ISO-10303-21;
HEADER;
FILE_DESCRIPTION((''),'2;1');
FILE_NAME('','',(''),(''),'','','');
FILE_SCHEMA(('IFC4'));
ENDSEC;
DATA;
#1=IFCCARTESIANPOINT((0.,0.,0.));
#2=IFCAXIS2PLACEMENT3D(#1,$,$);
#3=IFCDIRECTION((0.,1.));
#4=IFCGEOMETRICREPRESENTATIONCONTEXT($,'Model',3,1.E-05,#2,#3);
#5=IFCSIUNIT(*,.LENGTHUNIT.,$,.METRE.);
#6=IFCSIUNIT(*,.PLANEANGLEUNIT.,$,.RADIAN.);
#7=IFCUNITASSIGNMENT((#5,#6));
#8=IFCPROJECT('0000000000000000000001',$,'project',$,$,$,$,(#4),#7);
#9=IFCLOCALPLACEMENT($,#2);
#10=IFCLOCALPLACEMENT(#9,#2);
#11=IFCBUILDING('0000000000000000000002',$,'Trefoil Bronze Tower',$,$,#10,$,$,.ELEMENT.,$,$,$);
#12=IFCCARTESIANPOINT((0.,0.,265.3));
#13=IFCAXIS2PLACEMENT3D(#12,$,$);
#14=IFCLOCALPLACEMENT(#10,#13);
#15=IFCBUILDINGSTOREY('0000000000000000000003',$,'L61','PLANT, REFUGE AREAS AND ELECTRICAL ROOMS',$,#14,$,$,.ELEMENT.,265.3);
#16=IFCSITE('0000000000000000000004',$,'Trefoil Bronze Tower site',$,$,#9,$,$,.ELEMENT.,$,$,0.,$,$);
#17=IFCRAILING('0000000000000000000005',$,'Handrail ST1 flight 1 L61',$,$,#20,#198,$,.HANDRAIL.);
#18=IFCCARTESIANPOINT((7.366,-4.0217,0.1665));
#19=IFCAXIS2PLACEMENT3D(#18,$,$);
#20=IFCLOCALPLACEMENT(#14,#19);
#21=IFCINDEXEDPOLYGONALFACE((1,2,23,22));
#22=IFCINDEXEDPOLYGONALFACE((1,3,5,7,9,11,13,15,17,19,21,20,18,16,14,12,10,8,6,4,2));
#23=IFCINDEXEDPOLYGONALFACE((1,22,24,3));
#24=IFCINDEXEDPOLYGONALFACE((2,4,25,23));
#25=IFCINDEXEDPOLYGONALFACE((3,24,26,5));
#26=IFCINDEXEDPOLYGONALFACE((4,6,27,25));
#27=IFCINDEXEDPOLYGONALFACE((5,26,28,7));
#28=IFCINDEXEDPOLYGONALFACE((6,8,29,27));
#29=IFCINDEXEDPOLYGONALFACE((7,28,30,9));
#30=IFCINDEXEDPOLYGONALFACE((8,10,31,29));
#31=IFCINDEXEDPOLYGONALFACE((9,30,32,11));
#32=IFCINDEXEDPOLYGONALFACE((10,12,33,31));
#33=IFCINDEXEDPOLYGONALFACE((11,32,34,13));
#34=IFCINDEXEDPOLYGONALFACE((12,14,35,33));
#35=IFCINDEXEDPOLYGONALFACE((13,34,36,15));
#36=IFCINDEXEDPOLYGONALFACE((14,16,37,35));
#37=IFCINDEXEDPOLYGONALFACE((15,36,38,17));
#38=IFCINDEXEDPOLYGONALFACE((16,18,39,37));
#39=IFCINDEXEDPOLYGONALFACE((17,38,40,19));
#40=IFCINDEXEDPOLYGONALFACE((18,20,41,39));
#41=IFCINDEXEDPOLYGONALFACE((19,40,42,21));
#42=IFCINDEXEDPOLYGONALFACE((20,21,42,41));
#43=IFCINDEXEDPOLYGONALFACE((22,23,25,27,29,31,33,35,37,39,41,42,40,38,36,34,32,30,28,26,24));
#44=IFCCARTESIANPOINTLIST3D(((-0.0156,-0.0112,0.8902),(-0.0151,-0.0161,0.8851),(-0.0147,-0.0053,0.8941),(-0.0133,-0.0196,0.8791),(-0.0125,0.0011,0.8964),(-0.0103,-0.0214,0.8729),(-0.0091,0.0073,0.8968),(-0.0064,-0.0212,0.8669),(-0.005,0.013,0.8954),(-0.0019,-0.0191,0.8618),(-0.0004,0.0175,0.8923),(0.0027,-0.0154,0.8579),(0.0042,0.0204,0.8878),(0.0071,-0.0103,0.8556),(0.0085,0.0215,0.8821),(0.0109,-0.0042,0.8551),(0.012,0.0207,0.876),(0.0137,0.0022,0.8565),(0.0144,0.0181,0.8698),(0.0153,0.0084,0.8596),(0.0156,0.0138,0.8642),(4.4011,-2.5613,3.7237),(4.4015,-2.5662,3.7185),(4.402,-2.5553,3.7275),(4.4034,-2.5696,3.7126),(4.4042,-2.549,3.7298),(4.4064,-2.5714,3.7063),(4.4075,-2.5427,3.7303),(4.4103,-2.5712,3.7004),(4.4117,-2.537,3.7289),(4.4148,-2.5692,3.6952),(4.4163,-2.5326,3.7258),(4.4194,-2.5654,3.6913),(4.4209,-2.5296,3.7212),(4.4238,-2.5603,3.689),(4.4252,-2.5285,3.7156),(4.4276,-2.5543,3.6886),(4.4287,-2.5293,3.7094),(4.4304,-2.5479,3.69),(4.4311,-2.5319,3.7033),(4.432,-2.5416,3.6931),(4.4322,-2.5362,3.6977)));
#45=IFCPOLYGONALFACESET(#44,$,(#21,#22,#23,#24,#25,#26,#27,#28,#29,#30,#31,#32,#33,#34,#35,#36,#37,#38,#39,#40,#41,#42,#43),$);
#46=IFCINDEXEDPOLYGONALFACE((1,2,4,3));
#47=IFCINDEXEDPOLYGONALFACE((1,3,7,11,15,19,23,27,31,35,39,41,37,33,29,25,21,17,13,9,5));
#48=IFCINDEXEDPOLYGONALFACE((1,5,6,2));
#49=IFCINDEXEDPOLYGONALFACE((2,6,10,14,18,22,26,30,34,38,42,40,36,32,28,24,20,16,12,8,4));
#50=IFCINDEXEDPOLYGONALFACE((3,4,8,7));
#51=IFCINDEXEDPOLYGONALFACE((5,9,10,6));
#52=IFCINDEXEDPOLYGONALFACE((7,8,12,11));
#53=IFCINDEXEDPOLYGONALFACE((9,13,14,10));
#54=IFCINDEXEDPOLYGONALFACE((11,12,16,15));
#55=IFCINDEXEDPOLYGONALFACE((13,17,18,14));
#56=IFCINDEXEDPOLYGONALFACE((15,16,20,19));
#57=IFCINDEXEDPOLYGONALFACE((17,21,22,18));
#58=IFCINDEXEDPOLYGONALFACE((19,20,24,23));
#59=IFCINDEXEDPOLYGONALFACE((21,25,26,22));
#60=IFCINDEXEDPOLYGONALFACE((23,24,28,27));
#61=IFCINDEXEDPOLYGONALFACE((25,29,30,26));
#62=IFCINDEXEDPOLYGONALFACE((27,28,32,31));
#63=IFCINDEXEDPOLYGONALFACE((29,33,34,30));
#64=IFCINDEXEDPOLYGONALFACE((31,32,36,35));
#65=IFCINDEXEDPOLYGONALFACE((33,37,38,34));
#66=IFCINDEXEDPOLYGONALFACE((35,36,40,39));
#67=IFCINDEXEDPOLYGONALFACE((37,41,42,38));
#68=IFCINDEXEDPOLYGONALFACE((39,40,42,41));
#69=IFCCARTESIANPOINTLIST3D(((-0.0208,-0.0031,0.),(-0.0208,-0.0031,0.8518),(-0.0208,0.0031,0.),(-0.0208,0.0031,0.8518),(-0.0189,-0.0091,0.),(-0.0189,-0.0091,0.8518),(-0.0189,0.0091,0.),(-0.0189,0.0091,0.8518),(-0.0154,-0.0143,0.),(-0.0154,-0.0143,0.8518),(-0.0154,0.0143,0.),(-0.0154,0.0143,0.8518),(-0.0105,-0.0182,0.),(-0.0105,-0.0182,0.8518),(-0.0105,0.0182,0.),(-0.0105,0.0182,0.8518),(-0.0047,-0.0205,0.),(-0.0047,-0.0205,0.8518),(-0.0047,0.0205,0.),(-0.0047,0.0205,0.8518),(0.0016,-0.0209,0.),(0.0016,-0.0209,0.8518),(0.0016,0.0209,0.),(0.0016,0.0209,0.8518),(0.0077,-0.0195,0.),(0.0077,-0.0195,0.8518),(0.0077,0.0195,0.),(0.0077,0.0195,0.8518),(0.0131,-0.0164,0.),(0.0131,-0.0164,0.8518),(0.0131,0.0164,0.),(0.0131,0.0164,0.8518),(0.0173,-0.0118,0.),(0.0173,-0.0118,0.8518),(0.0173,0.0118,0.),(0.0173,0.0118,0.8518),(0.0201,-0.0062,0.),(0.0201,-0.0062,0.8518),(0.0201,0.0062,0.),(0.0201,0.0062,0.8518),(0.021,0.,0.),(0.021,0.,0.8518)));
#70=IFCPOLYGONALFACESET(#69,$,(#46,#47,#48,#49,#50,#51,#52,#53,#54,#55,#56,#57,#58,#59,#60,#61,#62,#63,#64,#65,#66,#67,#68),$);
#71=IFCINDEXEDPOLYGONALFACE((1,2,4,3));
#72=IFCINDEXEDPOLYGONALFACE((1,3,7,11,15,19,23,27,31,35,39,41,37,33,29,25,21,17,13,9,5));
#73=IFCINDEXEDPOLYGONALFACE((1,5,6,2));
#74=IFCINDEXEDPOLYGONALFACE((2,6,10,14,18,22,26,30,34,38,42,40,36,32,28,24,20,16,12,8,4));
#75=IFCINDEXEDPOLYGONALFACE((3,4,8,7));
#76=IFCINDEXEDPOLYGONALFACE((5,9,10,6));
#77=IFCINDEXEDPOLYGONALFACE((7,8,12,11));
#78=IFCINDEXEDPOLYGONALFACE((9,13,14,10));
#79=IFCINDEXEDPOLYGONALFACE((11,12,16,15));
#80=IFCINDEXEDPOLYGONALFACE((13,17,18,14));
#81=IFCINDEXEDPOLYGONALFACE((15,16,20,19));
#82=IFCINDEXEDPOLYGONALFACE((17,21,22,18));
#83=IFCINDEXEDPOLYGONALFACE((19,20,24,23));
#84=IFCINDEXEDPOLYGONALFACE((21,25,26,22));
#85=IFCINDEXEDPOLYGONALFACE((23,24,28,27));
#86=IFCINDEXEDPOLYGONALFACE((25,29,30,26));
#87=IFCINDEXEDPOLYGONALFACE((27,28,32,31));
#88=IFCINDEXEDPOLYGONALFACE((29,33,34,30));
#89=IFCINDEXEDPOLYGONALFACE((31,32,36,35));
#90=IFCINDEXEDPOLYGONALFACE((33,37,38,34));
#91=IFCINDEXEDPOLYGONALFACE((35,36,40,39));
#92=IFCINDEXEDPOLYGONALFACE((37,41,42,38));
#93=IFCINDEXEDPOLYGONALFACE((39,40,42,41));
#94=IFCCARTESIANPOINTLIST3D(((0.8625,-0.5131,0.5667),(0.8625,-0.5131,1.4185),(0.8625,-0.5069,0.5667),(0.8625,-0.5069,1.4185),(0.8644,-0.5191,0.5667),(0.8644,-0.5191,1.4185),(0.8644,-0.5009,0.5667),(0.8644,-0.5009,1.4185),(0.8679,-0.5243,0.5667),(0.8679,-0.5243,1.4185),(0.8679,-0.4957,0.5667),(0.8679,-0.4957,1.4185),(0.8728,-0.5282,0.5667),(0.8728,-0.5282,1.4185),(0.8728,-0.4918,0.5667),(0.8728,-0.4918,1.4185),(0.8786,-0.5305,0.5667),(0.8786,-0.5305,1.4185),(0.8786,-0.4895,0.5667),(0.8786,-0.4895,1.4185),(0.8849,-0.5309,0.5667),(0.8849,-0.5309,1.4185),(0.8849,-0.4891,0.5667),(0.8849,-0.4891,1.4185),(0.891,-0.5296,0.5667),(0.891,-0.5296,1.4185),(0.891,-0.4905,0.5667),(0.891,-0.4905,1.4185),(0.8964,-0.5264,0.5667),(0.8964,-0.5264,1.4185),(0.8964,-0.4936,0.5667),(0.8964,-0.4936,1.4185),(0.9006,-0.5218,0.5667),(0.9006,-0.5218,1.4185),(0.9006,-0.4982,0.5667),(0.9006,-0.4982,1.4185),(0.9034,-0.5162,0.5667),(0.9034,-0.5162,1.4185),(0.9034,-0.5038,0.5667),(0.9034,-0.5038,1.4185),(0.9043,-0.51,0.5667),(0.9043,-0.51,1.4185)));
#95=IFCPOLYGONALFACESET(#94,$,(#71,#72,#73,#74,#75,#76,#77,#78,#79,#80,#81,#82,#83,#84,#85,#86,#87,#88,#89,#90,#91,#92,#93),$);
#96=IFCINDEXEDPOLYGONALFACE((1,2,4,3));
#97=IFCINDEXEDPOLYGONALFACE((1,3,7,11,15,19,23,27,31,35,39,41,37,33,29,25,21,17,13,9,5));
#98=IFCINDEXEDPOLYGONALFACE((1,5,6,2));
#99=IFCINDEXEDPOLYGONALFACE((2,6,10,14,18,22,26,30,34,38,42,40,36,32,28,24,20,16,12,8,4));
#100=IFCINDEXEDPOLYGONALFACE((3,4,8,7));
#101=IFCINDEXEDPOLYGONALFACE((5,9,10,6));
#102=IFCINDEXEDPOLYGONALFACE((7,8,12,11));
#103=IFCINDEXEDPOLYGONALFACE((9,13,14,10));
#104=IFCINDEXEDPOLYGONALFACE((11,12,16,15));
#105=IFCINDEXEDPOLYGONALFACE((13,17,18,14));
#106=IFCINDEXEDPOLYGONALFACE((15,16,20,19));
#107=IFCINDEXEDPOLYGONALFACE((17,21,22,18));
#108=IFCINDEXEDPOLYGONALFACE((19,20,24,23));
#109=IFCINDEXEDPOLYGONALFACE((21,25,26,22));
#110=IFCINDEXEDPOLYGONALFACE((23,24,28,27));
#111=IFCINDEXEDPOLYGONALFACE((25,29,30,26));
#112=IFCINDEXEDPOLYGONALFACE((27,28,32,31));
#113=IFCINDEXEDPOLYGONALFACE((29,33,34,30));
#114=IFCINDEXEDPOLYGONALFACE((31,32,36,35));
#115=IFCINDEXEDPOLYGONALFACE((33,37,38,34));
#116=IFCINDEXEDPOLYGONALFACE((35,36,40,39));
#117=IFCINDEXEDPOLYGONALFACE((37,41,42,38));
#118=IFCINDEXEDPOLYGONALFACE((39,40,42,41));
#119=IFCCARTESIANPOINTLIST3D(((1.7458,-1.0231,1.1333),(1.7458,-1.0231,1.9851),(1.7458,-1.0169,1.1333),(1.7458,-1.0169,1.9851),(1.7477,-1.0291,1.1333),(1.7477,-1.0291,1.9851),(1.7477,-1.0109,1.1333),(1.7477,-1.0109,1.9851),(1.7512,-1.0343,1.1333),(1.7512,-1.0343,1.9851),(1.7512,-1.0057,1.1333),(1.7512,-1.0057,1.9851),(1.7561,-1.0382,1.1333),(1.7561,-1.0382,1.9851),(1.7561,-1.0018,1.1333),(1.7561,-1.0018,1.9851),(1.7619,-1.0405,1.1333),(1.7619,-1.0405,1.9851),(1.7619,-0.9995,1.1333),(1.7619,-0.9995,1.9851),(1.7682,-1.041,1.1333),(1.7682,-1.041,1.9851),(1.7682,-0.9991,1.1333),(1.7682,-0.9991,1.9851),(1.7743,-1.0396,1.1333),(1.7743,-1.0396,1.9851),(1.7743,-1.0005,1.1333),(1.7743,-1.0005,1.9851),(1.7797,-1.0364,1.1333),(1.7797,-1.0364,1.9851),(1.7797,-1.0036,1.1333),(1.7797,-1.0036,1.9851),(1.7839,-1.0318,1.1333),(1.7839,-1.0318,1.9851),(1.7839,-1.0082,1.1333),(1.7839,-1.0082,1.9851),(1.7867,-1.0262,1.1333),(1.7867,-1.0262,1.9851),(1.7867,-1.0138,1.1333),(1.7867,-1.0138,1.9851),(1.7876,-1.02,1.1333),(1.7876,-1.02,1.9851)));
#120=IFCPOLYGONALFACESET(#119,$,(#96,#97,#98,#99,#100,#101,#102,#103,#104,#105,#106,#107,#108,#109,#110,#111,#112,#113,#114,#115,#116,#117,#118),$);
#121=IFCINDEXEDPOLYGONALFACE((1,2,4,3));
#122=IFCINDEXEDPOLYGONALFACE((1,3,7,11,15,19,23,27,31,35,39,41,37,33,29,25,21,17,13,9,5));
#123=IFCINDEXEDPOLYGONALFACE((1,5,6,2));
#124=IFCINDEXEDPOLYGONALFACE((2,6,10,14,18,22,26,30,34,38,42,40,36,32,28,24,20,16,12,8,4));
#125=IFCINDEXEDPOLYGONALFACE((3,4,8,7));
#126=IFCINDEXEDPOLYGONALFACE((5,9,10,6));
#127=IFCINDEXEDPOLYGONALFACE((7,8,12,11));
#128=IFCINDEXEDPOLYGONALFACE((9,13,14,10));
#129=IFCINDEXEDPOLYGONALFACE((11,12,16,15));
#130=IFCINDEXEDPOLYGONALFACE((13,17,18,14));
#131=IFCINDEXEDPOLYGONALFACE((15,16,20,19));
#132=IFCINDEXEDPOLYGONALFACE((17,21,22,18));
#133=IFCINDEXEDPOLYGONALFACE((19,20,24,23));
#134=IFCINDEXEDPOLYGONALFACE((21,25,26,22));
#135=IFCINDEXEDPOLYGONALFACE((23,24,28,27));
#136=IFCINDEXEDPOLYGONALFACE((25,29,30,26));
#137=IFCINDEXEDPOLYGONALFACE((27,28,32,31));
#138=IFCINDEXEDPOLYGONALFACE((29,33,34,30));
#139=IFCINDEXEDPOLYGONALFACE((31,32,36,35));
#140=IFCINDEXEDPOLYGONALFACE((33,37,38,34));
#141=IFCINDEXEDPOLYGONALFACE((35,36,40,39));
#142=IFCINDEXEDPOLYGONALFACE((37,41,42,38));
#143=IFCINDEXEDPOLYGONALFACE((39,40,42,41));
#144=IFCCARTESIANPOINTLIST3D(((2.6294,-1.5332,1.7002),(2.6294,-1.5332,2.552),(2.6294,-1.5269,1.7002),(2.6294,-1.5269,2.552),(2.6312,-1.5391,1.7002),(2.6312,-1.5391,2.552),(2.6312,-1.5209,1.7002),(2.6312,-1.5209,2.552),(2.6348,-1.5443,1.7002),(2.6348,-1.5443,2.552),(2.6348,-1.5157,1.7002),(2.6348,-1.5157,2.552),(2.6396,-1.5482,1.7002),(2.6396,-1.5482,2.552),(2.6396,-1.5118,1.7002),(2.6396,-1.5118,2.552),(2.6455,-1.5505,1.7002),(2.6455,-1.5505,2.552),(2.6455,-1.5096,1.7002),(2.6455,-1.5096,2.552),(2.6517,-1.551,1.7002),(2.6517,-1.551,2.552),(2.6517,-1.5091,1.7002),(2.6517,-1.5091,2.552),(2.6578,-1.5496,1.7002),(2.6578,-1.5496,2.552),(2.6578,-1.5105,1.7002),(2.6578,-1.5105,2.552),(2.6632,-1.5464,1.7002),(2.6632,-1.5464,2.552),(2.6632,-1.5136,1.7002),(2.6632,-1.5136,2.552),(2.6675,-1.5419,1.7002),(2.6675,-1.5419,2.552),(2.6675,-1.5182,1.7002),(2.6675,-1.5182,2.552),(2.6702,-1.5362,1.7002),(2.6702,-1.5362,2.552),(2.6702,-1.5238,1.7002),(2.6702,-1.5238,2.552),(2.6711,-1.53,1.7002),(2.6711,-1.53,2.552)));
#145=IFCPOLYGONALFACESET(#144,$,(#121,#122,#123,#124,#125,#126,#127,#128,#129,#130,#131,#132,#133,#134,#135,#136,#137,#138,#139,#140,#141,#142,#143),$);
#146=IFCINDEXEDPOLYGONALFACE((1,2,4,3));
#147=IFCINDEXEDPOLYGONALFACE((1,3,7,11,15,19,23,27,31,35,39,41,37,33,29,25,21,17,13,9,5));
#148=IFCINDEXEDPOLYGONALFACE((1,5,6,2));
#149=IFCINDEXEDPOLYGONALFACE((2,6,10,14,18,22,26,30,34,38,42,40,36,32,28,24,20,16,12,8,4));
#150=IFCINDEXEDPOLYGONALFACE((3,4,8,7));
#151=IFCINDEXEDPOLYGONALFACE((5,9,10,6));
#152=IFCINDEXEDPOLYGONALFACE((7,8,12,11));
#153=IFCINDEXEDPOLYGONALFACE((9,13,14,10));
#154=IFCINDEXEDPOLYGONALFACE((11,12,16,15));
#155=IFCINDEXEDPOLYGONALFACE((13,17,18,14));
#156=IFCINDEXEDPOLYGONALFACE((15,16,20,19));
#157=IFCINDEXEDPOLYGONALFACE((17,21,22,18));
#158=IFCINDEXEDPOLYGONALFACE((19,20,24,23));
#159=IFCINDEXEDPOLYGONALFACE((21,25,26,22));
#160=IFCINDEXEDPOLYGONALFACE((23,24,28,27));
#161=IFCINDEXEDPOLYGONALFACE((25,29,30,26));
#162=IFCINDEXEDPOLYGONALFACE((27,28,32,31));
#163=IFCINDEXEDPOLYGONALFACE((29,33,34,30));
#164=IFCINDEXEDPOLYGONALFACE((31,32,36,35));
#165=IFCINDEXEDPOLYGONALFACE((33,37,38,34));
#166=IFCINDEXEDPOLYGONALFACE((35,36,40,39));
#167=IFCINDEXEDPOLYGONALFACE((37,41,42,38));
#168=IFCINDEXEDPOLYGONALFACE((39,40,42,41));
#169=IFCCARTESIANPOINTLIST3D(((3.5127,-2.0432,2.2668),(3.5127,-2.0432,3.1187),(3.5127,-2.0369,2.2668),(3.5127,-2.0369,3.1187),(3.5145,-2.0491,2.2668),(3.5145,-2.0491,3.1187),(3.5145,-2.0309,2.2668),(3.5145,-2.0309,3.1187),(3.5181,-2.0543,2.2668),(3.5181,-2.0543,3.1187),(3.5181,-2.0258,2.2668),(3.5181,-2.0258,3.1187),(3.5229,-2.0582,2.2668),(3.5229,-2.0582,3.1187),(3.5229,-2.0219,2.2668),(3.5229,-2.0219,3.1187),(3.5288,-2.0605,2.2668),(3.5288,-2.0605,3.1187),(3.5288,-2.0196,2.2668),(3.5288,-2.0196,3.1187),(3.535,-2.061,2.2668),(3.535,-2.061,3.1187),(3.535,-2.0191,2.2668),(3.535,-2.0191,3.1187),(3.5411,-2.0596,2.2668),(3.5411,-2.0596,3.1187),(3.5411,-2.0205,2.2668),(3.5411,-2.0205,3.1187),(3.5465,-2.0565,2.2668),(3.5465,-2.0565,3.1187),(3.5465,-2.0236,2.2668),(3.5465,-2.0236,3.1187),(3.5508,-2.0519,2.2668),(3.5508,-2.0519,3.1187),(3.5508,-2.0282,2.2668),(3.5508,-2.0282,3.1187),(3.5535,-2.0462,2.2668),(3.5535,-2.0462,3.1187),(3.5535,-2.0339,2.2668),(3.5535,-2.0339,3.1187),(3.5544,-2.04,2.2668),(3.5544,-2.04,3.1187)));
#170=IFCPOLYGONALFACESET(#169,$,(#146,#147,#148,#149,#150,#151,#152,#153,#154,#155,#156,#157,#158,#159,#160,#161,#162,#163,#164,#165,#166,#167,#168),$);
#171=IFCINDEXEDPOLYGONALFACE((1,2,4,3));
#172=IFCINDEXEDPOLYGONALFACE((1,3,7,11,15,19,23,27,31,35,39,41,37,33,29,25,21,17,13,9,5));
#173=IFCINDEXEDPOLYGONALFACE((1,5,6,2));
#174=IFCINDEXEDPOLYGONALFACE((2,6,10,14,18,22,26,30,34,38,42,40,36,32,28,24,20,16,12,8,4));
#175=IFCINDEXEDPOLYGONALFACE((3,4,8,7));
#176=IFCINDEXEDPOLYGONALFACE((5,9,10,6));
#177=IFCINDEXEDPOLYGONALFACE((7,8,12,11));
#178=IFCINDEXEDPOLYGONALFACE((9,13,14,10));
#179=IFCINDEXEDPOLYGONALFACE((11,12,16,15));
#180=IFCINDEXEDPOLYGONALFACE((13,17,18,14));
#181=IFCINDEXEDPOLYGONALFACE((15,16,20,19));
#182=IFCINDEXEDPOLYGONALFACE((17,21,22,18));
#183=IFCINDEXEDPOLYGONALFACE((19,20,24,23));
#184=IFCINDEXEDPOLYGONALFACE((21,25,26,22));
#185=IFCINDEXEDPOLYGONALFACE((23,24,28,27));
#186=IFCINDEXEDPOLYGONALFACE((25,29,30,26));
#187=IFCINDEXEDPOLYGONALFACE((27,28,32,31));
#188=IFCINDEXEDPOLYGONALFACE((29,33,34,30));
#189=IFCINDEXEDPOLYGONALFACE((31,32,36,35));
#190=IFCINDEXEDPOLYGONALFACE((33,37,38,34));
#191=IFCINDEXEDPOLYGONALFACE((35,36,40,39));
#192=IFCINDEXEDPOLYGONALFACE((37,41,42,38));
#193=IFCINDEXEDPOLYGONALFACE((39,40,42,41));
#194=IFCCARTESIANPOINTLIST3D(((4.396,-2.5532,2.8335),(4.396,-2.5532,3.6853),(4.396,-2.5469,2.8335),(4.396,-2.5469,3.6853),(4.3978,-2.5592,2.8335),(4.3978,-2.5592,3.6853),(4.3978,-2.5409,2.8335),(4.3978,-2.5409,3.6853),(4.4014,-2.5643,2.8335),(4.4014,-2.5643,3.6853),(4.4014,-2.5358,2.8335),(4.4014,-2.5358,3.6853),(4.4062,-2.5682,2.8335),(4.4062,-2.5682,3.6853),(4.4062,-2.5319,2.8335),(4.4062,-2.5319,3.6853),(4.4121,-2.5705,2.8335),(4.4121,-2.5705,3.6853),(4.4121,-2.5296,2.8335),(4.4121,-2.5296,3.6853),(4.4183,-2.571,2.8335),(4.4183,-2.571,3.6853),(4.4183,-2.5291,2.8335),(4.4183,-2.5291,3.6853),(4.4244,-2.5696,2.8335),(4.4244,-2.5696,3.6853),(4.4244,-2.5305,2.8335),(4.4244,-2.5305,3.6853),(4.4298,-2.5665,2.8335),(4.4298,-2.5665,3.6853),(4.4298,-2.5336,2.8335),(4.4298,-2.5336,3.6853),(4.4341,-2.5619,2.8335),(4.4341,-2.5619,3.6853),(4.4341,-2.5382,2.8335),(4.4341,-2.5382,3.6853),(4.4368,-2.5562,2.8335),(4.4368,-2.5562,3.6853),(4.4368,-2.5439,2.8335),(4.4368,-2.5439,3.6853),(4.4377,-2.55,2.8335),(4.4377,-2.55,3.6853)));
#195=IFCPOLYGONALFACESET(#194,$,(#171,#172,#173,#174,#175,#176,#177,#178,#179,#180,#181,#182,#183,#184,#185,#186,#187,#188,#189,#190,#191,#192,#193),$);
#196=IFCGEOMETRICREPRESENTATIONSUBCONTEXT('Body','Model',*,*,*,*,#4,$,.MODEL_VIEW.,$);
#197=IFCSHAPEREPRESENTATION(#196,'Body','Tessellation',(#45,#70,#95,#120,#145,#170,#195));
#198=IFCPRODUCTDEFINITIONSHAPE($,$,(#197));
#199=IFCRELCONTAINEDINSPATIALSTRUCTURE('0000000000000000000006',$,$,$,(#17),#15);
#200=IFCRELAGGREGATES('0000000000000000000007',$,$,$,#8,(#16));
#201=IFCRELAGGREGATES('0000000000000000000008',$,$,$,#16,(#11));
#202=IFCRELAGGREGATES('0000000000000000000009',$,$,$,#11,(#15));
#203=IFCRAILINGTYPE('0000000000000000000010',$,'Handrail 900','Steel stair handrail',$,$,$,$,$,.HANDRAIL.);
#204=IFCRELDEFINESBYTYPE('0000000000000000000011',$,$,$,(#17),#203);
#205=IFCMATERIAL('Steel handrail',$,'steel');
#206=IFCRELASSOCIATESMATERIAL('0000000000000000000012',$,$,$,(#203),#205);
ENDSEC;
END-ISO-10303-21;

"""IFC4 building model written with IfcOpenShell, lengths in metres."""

from ifc_helpers import new_model, si_unit, direction, frame, origin, origin_2d, place, context, subcontext, project, spatial, circle, extrude, material, type_object, element, save


model = new_model("IFC4")

# Units and contexts
model_context = context("Model", 3, precision=1e-05, world=origin(), true_north=direction((0.0, 1.0)))
body_context = subcontext(model_context, "Body", "Model", "MODEL_VIEW")
ifc_project = project(units=[si_unit("LENGTHUNIT", "METRE"), si_unit("PLANEANGLEUNIT", "RADIAN")], contexts=[model_context])

# Site, building, storey
site_placement = place(None, origin())
site = spatial("IfcSite", under=ifc_project, at=site_placement, Name="Trefoil Bronze Tower site", CompositionType="ELEMENT", RefElevation=0.0)
building_placement = place(site_placement, origin())
building = spatial("IfcBuilding", under=site, at=building_placement, Name="Trefoil Bronze Tower", CompositionType="ELEMENT")
storey_placement = place(building_placement, frame((0.0, 0.0, 265.3)))
storey = spatial("IfcBuildingStorey", under=building, at=storey_placement, Name="L61", Description="PLANT, REFUGE AREAS AND ELECTRICAL ROOMS", CompositionType="ELEMENT", Elevation=265.3)

# Railing
ifc_material_1 = material(Name="Steel handrail", Category="steel")
railing_type = type_object("IfcRailingType", Name="Handrail 900", Description="Steel stair handrail", PredefinedType="HANDRAIL", material=ifc_material_1)
railing_placement = place(storey_placement, frame((7.366, -4.0217, 0.1665)))
element("IfcRailing", 1, at=railing_placement, inside=storey, type_object=railing_type, Name="Handrail ST1 flight 1 L61", PredefinedType="HANDRAIL", context=body_context, shape_type="SweptSolid", body=[
    extrude(circle(Radius=0.0239, at=origin_2d()), frame((0.0, 0.0, 0.876), z_axis=(0.757031, -0.437078, 0.485661), x_axis=(0.500006, 0.866022, 0.0)), (0.0, 0.0, 1.0), 5.8342),
    extrude(circle(Radius=0.021, at=origin_2d()), origin(), (0.0, 0.0, 1.0), 0.8518),
    extrude(circle(Radius=0.021, at=origin_2d()), frame((0.8833, -0.51, 0.5667)), (0.0, 0.0, 1.0), 0.8518),
    extrude(circle(Radius=0.021, at=origin_2d()), frame((1.7666, -1.02, 1.1333)), (0.0, 0.0, 1.0), 0.8518),
    extrude(circle(Radius=0.021, at=origin_2d()), frame((2.6501, -1.53, 1.7002)), (0.0, 0.0, 1.0), 0.8518),
    extrude(circle(Radius=0.021, at=origin_2d()), frame((3.5334, -2.04, 2.2668)), (0.0, 0.0, 1.0), 0.8518),
    extrude(circle(Radius=0.021, at=origin_2d()), frame((4.4167, -2.55, 2.8335)), (0.0, 0.0, 1.0), 0.8518),
])

save(model, "model.ifc")
